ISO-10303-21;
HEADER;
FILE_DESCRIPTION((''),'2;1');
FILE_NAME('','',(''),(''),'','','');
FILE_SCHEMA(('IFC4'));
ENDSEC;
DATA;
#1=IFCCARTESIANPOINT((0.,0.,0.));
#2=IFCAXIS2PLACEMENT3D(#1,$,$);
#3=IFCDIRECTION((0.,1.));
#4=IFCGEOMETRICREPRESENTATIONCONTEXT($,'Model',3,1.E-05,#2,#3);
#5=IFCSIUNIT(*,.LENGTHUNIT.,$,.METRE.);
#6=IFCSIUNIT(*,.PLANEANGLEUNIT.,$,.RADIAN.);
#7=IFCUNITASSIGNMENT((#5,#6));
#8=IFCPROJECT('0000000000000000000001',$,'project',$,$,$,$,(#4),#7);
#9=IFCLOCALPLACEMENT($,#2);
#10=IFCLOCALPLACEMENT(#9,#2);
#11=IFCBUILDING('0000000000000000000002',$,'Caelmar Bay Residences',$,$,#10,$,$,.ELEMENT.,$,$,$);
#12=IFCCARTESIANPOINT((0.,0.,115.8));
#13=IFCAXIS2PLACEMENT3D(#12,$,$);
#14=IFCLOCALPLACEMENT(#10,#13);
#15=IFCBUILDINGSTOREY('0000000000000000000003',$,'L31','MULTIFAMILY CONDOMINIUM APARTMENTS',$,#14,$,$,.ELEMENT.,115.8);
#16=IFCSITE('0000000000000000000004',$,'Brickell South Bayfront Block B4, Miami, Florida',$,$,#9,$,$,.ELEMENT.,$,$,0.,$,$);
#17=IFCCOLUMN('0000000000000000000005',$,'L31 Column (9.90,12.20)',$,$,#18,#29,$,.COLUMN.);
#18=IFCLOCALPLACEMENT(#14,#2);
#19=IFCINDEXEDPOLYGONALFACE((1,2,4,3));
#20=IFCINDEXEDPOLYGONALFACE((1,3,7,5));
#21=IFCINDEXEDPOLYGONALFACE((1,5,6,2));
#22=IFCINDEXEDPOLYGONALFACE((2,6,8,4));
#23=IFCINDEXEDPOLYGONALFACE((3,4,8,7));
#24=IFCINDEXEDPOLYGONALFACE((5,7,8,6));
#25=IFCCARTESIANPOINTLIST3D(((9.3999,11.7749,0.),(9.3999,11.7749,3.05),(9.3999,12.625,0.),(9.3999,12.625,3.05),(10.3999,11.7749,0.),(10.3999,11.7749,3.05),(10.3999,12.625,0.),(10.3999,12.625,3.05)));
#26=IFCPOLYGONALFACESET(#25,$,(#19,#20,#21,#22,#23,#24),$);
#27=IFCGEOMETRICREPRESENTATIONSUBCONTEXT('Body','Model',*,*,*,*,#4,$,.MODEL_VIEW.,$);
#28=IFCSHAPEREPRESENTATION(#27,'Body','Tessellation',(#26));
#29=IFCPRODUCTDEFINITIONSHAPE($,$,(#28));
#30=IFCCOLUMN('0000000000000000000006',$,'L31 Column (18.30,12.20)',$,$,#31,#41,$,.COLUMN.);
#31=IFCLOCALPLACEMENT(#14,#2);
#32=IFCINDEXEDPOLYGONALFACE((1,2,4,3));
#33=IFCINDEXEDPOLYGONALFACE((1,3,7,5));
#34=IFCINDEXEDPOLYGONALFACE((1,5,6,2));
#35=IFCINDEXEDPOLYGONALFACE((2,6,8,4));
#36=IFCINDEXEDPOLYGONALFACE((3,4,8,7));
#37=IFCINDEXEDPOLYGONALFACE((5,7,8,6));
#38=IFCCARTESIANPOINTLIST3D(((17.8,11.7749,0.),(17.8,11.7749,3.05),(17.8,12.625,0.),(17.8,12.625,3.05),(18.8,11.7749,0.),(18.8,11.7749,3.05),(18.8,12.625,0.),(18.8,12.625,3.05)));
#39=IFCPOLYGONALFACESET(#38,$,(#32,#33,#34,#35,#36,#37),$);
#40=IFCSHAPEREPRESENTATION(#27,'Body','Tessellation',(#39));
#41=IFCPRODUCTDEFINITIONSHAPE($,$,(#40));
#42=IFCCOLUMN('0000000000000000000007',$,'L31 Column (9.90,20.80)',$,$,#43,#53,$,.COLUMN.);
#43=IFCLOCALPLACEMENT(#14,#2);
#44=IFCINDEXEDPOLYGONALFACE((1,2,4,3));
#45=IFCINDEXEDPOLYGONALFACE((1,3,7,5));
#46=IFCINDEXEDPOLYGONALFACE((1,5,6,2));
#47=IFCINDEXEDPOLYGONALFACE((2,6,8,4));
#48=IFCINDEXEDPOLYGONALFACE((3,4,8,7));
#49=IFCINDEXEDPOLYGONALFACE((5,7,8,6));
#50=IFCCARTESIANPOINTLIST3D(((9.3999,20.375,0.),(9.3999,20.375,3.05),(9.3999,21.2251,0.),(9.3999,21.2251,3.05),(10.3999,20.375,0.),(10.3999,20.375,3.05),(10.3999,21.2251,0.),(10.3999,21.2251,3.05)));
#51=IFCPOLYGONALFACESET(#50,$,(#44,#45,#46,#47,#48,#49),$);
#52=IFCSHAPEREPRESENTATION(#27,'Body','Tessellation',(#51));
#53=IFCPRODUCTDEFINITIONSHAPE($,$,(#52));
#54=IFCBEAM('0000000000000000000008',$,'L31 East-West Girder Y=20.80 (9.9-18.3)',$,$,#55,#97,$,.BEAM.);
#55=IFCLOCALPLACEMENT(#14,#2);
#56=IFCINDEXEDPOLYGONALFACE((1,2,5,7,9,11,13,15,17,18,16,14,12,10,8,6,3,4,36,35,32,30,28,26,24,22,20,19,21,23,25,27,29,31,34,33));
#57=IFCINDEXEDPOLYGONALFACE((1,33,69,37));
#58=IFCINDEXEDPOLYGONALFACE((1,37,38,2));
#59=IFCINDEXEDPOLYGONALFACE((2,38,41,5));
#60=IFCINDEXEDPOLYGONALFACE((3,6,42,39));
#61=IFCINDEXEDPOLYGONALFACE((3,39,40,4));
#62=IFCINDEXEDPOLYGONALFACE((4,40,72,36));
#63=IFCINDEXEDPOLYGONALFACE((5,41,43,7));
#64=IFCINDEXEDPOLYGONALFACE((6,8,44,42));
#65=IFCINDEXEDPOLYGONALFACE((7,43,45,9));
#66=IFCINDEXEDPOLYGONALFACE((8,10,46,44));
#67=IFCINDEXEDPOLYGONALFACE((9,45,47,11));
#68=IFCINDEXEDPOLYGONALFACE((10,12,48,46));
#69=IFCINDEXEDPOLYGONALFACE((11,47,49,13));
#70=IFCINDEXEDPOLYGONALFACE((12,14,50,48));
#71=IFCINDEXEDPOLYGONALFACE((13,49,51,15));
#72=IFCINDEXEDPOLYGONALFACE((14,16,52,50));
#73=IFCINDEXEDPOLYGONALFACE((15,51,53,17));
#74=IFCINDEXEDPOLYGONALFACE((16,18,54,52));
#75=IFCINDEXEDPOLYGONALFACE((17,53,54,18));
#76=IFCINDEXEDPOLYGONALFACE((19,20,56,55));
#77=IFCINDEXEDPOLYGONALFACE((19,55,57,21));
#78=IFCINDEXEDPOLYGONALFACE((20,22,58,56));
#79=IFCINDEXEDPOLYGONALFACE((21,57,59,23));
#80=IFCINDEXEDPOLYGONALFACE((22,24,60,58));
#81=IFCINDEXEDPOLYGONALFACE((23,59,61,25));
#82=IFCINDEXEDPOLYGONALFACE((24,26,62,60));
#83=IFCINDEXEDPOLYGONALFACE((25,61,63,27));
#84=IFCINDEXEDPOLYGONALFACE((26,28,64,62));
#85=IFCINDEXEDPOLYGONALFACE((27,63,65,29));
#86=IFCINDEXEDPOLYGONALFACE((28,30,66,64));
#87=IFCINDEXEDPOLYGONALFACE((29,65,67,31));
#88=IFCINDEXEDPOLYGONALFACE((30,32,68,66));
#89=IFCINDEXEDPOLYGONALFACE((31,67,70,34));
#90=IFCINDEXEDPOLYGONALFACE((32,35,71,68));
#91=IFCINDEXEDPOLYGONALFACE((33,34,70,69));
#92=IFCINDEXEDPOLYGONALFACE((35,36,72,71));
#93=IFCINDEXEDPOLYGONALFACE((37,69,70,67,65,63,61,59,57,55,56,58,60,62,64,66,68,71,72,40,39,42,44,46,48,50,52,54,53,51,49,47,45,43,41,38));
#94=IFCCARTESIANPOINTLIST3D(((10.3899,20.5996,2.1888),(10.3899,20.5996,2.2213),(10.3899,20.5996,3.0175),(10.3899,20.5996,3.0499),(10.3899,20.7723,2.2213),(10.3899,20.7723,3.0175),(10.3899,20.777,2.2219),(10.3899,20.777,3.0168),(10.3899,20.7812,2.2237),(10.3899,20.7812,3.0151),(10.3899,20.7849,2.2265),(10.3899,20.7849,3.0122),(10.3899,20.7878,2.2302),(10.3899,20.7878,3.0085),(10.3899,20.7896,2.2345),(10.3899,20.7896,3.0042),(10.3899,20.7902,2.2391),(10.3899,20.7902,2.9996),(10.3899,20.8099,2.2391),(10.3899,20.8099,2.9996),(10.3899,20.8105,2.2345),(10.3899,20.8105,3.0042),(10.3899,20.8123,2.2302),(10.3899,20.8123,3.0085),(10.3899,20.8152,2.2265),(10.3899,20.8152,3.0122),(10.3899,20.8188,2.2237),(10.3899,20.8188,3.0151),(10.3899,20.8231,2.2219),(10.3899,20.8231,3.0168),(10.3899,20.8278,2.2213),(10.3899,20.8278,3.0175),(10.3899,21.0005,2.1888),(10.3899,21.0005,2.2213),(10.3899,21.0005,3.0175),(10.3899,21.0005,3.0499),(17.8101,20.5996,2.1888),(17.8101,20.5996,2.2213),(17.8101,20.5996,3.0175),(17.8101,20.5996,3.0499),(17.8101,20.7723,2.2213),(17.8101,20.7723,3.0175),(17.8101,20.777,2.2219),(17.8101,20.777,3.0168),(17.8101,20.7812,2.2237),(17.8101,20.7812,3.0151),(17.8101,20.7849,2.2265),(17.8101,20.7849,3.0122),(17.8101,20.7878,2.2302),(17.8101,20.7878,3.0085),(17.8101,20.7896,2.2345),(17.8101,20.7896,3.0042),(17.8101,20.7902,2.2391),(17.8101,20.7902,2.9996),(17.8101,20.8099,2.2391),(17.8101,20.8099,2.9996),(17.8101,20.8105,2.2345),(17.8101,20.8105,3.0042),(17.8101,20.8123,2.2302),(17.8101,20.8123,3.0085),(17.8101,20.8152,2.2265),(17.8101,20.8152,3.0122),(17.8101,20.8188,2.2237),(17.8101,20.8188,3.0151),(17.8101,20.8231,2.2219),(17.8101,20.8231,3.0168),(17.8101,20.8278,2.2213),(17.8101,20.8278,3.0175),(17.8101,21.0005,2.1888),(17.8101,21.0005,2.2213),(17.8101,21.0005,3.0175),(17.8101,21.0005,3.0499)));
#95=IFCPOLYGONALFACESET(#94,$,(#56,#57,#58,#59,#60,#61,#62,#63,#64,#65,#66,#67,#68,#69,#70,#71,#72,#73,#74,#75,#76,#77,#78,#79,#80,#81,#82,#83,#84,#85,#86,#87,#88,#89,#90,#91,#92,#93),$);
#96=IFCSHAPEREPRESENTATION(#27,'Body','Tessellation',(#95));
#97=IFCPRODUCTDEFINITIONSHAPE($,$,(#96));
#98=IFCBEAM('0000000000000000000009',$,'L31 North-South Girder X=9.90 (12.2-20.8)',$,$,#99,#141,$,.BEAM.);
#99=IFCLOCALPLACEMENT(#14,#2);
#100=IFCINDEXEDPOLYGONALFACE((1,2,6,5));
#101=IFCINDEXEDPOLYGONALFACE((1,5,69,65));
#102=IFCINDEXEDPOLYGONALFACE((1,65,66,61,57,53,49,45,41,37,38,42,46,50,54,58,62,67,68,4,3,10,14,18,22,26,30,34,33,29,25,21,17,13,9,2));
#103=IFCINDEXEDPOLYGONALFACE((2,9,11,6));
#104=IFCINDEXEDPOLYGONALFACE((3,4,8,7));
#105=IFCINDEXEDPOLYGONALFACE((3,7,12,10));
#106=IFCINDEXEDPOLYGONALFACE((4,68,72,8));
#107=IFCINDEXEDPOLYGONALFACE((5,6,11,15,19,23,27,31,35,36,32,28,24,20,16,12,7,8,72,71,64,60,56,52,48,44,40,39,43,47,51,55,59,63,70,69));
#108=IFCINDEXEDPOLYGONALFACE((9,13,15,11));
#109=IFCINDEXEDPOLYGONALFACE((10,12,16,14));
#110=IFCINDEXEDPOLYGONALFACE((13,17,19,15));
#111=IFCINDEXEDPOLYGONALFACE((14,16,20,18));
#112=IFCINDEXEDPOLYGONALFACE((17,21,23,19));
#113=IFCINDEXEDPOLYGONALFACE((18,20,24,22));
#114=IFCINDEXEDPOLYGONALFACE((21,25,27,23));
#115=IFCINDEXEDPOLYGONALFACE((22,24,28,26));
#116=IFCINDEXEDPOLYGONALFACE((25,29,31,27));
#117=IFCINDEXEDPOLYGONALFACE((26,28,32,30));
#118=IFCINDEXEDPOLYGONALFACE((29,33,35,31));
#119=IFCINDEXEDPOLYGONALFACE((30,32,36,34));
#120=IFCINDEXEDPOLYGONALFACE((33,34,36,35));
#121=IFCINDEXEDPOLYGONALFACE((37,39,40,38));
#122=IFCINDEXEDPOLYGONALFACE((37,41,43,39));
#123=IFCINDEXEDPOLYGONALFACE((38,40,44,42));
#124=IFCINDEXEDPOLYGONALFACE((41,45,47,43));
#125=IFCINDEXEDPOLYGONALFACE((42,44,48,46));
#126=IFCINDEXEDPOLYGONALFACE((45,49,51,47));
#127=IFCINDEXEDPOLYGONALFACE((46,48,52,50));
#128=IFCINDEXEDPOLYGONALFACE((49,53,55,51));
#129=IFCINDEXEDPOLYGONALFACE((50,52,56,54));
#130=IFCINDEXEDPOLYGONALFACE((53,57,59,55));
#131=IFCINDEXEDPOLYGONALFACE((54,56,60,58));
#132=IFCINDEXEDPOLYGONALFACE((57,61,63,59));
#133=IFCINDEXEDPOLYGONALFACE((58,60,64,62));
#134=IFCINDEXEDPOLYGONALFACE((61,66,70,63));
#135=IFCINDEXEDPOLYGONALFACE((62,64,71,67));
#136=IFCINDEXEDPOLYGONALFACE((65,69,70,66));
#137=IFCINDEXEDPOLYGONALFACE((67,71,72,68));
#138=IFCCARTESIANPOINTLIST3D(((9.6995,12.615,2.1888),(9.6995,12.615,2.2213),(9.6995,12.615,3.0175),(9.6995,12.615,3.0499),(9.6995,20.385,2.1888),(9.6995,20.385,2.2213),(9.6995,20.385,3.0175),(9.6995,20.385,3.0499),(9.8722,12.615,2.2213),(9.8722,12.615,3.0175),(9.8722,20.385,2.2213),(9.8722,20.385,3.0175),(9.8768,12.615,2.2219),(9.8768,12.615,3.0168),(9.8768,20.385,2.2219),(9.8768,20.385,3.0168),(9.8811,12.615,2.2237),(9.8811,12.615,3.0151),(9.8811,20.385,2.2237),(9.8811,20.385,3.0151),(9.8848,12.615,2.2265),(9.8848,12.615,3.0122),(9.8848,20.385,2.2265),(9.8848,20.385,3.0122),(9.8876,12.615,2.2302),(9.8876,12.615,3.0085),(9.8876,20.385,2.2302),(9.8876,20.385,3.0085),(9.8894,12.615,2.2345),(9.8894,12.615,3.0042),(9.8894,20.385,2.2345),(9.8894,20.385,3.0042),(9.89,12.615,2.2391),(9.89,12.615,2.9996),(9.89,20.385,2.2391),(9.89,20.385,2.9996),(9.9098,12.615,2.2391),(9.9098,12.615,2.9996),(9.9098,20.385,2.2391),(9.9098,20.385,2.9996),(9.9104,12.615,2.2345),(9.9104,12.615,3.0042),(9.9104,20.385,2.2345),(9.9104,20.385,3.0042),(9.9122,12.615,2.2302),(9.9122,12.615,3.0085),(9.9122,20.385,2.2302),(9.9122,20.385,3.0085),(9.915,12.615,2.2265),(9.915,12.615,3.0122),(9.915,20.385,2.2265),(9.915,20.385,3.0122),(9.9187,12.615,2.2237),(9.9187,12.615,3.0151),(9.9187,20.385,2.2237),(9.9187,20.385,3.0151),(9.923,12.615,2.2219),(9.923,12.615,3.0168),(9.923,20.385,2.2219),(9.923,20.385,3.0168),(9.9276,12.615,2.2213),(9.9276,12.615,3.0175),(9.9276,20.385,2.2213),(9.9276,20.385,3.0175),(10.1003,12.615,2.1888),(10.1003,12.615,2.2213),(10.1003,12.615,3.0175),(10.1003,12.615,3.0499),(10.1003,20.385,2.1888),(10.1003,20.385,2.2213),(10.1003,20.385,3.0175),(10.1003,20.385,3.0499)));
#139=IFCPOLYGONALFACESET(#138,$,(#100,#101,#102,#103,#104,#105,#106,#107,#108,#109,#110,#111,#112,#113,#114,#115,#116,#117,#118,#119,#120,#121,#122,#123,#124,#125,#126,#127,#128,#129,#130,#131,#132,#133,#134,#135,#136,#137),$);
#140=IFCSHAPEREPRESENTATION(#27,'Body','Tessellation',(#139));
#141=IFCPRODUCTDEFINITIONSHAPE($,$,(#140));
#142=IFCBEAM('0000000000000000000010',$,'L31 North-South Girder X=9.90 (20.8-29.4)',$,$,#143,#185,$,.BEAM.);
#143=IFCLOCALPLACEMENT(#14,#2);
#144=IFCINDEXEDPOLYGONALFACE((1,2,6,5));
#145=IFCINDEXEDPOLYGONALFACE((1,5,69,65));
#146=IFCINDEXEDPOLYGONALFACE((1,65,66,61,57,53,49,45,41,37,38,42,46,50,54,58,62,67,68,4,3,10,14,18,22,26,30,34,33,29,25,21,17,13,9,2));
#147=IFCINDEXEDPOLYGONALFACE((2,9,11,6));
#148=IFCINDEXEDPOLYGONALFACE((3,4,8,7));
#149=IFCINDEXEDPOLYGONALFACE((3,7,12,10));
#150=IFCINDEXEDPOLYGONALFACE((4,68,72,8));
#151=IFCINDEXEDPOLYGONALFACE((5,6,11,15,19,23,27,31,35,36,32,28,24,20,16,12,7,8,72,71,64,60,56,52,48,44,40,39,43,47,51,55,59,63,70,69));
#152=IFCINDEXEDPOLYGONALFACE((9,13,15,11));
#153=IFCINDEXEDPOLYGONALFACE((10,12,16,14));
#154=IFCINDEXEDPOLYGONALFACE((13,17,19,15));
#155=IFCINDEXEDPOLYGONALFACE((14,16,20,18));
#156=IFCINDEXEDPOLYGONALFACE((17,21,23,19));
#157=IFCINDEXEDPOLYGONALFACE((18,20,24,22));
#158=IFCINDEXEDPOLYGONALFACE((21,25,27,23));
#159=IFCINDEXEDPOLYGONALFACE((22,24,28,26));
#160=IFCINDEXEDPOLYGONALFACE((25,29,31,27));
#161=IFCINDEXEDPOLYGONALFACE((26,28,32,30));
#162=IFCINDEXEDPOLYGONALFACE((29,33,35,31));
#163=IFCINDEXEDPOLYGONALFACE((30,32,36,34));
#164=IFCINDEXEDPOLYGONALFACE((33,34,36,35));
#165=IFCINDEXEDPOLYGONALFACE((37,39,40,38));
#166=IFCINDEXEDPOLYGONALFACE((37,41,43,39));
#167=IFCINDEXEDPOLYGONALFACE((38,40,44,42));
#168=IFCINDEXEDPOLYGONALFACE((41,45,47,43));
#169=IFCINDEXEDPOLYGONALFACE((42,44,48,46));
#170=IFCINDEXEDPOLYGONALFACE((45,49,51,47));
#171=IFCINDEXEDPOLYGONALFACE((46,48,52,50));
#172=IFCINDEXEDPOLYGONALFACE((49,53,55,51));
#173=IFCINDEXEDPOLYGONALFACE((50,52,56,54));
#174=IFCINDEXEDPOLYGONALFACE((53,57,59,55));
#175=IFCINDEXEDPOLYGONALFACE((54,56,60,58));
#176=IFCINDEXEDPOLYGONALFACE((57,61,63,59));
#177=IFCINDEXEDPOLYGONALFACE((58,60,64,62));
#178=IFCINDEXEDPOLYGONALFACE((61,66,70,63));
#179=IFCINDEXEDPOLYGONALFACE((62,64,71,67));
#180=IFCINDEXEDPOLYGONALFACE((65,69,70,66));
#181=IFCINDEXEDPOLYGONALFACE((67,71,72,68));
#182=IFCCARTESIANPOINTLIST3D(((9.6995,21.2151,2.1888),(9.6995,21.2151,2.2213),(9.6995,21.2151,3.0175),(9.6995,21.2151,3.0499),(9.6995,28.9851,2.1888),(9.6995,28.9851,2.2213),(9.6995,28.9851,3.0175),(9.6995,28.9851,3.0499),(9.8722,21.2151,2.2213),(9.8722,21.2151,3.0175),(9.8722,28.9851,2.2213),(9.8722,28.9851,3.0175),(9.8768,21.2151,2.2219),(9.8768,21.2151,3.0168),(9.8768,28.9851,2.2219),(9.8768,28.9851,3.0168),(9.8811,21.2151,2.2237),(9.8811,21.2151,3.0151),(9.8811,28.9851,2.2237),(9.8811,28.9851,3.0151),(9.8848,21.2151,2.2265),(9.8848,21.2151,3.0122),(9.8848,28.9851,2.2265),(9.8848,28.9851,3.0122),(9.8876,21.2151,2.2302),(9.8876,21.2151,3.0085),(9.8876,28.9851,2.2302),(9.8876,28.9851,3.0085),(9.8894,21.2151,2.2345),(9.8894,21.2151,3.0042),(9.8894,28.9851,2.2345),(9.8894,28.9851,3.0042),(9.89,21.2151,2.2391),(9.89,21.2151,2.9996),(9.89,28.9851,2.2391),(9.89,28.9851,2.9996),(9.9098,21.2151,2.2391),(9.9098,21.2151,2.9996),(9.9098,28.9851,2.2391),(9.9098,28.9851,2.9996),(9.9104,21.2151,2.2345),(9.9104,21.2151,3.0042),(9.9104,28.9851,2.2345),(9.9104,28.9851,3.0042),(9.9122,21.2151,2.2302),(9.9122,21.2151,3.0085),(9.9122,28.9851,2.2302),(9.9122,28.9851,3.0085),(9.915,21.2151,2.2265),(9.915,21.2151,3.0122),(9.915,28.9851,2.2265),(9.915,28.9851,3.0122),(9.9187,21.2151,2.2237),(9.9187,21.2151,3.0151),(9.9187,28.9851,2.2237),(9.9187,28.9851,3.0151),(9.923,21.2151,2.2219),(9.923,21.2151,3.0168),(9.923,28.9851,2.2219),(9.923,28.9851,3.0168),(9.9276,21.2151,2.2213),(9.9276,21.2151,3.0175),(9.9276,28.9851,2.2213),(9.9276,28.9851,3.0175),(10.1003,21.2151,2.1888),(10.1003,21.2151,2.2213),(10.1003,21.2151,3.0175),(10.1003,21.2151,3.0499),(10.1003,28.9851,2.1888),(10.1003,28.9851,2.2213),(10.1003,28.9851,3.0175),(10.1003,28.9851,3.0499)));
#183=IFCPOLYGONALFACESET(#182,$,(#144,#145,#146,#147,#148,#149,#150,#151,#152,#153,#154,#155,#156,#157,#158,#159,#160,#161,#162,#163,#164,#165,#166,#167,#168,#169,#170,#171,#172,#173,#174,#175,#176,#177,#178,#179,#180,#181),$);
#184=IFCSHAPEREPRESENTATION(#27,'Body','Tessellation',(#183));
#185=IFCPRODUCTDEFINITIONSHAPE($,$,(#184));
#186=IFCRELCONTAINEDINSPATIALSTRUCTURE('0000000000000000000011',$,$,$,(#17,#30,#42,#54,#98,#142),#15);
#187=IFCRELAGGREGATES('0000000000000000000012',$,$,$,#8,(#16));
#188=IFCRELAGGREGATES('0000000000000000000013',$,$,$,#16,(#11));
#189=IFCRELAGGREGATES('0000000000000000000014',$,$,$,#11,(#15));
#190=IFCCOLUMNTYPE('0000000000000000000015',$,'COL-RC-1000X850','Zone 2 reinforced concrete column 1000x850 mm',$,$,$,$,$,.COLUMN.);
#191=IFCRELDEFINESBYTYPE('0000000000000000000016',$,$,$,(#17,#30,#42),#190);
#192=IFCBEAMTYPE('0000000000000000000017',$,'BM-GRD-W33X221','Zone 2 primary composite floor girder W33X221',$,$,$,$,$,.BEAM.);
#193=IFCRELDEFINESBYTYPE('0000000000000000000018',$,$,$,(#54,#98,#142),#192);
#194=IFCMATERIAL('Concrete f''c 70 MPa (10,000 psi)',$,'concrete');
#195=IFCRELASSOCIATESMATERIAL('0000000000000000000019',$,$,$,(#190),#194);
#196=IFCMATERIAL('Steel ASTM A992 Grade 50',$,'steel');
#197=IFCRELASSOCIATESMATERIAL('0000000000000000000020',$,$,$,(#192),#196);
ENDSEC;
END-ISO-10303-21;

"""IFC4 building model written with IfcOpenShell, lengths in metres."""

from ifc_helpers import new_model, si_unit, direction, frame, origin, origin_2d, place, context, subcontext, project, spatial, rectangle, i_section, extrude, material, material_profile, profile_set, type_object, element, save


model = new_model("IFC4")

# Units and contexts
model_context = context("Model", 3, precision=1e-05, world=origin(), true_north=direction((0.0, 1.0)))
body_context = subcontext(model_context, "Body", "Model", "MODEL_VIEW")
ifc_project = project(units=[si_unit("LENGTHUNIT", "METRE"), si_unit("PLANEANGLEUNIT", "RADIAN")], contexts=[model_context])

# Site, building, storey
site_placement = place(None, origin())
site = spatial("IfcSite", under=ifc_project, at=site_placement, Name="Brickell South Bayfront Block B4, Miami, Florida", CompositionType="ELEMENT", RefElevation=0.0)
building_placement = place(site_placement, origin())
building = spatial("IfcBuilding", under=site, at=building_placement, Name="Caelmar Bay Residences", CompositionType="ELEMENT")
storey_placement = place(building_placement, frame((0.0, 0.0, 115.8)))
storey = spatial("IfcBuildingStorey", under=building, at=storey_placement, Name="L31", Description="MULTIFAMILY CONDOMINIUM APARTMENTS", CompositionType="ELEMENT", Elevation=115.8)

# Columns
ifc_material_1 = material(Name="Concrete f'c 70 MPa (10,000 psi)", Category="concrete")
ifc_material_profile_1 = material_profile(ifc_material_1, rectangle(XDim=1.0, YDim=0.8501, at=origin_2d()), Name="RC-COL-1000X850")
ifc_profile_set_1 = profile_set([ifc_material_profile_1], Name="Concrete f'c 70 MPa (10,000 psi)")
column_type = type_object("IfcColumnType", Name="COL-RC-1000X850", Description="Zone 2 reinforced concrete column 1000x850 mm", PredefinedType="COLUMN", material=ifc_profile_set_1)
for number, where, z_axis, x_axis, name in (
    (1, (9.8999, 12.2, 0.0), (0.0, 0.0, 1.0), (1.0, 0.0, 0.0), "L31 Column (9.90,12.20)"),
    (2, (18.3, 12.2, 0.0), (0.0, 0.0, 1.0), (1.0, 0.0, 0.0), "L31 Column (18.30,12.20)"),
    (3, (9.8999, 20.8, 0.0), (0.0, 0.0, 1.0), (1.0, 0.0, 0.0), "L31 Column (9.90,20.80)"),
):
    element("IfcColumn", number, at=place(storey_placement, frame(where, z_axis=z_axis, x_axis=x_axis)), inside=storey, type_object=column_type, Name=name, PredefinedType="COLUMN", context=body_context, shape_type="SweptSolid", body=[
        extrude(rectangle(XDim=1.0, YDim=0.8501, at=origin_2d()), origin(), (0.0, 0.0, 1.0), 3.05),
    ])

# Beams
ifc_material_2 = material(Name="Steel ASTM A992 Grade 50", Category="steel")
ifc_material_profile_2 = material_profile(ifc_material_2, i_section(OverallWidth=0.4009, OverallDepth=0.8611, WebThickness=0.0198, FlangeThickness=0.0325, FilletRadius=0.0178, at=origin_2d()), Name="W33X221")
ifc_profile_set_2 = profile_set([ifc_material_profile_2], Name="Steel ASTM A992 Grade 50")
beam_type_1 = type_object("IfcBeamType", Name="BM-GRD-W33X221", Description="Zone 2 primary composite floor girder W33X221", PredefinedType="BEAM", material=ifc_profile_set_2)
beam_1_placement = place(storey_placement, frame((10.3899, 20.8, 2.6194), z_axis=(1.0, 0.0, 0.0), x_axis=(0.0, 1.0, 0.0)))
element("IfcBeam", 4, at=beam_1_placement, inside=storey, type_object=beam_type_1, Name="L31 East-West Girder Y=20.80 (9.9-18.3)", PredefinedType="BEAM", context=body_context, shape_type="SweptSolid", body=[
    extrude(i_section(OverallWidth=0.4009, OverallDepth=0.8611, WebThickness=0.0198, FlangeThickness=0.0325, FilletRadius=0.0178, at=origin_2d()), origin(), (0.0, 0.0, 1.0), 7.4202),
])
for number, where, z_axis, x_axis, name in (
    (5, (9.8999, 12.615, 2.6194), (0.0, 1.0, 0.0), (-1.0, 0.0, 0.0), "L31 North-South Girder X=9.90 (12.2-20.8)"),
    (6, (9.8999, 21.2151, 2.6194), (0.0, 1.0, 0.0), (-1.0, 0.0, 0.0), "L31 North-South Girder X=9.90 (20.8-29.4)"),
):
    element("IfcBeam", number, at=place(storey_placement, frame(where, z_axis=z_axis, x_axis=x_axis)), inside=storey, type_object=beam_type_1, Name=name, PredefinedType="BEAM", context=body_context, shape_type="SweptSolid", body=[
        extrude(i_section(OverallWidth=0.4009, OverallDepth=0.8611, WebThickness=0.0198, FlangeThickness=0.0325, FilletRadius=0.0178, at=origin_2d()), origin(), (0.0, 0.0, 1.0), 7.77),
    ])

save(model, "model.ifc")
